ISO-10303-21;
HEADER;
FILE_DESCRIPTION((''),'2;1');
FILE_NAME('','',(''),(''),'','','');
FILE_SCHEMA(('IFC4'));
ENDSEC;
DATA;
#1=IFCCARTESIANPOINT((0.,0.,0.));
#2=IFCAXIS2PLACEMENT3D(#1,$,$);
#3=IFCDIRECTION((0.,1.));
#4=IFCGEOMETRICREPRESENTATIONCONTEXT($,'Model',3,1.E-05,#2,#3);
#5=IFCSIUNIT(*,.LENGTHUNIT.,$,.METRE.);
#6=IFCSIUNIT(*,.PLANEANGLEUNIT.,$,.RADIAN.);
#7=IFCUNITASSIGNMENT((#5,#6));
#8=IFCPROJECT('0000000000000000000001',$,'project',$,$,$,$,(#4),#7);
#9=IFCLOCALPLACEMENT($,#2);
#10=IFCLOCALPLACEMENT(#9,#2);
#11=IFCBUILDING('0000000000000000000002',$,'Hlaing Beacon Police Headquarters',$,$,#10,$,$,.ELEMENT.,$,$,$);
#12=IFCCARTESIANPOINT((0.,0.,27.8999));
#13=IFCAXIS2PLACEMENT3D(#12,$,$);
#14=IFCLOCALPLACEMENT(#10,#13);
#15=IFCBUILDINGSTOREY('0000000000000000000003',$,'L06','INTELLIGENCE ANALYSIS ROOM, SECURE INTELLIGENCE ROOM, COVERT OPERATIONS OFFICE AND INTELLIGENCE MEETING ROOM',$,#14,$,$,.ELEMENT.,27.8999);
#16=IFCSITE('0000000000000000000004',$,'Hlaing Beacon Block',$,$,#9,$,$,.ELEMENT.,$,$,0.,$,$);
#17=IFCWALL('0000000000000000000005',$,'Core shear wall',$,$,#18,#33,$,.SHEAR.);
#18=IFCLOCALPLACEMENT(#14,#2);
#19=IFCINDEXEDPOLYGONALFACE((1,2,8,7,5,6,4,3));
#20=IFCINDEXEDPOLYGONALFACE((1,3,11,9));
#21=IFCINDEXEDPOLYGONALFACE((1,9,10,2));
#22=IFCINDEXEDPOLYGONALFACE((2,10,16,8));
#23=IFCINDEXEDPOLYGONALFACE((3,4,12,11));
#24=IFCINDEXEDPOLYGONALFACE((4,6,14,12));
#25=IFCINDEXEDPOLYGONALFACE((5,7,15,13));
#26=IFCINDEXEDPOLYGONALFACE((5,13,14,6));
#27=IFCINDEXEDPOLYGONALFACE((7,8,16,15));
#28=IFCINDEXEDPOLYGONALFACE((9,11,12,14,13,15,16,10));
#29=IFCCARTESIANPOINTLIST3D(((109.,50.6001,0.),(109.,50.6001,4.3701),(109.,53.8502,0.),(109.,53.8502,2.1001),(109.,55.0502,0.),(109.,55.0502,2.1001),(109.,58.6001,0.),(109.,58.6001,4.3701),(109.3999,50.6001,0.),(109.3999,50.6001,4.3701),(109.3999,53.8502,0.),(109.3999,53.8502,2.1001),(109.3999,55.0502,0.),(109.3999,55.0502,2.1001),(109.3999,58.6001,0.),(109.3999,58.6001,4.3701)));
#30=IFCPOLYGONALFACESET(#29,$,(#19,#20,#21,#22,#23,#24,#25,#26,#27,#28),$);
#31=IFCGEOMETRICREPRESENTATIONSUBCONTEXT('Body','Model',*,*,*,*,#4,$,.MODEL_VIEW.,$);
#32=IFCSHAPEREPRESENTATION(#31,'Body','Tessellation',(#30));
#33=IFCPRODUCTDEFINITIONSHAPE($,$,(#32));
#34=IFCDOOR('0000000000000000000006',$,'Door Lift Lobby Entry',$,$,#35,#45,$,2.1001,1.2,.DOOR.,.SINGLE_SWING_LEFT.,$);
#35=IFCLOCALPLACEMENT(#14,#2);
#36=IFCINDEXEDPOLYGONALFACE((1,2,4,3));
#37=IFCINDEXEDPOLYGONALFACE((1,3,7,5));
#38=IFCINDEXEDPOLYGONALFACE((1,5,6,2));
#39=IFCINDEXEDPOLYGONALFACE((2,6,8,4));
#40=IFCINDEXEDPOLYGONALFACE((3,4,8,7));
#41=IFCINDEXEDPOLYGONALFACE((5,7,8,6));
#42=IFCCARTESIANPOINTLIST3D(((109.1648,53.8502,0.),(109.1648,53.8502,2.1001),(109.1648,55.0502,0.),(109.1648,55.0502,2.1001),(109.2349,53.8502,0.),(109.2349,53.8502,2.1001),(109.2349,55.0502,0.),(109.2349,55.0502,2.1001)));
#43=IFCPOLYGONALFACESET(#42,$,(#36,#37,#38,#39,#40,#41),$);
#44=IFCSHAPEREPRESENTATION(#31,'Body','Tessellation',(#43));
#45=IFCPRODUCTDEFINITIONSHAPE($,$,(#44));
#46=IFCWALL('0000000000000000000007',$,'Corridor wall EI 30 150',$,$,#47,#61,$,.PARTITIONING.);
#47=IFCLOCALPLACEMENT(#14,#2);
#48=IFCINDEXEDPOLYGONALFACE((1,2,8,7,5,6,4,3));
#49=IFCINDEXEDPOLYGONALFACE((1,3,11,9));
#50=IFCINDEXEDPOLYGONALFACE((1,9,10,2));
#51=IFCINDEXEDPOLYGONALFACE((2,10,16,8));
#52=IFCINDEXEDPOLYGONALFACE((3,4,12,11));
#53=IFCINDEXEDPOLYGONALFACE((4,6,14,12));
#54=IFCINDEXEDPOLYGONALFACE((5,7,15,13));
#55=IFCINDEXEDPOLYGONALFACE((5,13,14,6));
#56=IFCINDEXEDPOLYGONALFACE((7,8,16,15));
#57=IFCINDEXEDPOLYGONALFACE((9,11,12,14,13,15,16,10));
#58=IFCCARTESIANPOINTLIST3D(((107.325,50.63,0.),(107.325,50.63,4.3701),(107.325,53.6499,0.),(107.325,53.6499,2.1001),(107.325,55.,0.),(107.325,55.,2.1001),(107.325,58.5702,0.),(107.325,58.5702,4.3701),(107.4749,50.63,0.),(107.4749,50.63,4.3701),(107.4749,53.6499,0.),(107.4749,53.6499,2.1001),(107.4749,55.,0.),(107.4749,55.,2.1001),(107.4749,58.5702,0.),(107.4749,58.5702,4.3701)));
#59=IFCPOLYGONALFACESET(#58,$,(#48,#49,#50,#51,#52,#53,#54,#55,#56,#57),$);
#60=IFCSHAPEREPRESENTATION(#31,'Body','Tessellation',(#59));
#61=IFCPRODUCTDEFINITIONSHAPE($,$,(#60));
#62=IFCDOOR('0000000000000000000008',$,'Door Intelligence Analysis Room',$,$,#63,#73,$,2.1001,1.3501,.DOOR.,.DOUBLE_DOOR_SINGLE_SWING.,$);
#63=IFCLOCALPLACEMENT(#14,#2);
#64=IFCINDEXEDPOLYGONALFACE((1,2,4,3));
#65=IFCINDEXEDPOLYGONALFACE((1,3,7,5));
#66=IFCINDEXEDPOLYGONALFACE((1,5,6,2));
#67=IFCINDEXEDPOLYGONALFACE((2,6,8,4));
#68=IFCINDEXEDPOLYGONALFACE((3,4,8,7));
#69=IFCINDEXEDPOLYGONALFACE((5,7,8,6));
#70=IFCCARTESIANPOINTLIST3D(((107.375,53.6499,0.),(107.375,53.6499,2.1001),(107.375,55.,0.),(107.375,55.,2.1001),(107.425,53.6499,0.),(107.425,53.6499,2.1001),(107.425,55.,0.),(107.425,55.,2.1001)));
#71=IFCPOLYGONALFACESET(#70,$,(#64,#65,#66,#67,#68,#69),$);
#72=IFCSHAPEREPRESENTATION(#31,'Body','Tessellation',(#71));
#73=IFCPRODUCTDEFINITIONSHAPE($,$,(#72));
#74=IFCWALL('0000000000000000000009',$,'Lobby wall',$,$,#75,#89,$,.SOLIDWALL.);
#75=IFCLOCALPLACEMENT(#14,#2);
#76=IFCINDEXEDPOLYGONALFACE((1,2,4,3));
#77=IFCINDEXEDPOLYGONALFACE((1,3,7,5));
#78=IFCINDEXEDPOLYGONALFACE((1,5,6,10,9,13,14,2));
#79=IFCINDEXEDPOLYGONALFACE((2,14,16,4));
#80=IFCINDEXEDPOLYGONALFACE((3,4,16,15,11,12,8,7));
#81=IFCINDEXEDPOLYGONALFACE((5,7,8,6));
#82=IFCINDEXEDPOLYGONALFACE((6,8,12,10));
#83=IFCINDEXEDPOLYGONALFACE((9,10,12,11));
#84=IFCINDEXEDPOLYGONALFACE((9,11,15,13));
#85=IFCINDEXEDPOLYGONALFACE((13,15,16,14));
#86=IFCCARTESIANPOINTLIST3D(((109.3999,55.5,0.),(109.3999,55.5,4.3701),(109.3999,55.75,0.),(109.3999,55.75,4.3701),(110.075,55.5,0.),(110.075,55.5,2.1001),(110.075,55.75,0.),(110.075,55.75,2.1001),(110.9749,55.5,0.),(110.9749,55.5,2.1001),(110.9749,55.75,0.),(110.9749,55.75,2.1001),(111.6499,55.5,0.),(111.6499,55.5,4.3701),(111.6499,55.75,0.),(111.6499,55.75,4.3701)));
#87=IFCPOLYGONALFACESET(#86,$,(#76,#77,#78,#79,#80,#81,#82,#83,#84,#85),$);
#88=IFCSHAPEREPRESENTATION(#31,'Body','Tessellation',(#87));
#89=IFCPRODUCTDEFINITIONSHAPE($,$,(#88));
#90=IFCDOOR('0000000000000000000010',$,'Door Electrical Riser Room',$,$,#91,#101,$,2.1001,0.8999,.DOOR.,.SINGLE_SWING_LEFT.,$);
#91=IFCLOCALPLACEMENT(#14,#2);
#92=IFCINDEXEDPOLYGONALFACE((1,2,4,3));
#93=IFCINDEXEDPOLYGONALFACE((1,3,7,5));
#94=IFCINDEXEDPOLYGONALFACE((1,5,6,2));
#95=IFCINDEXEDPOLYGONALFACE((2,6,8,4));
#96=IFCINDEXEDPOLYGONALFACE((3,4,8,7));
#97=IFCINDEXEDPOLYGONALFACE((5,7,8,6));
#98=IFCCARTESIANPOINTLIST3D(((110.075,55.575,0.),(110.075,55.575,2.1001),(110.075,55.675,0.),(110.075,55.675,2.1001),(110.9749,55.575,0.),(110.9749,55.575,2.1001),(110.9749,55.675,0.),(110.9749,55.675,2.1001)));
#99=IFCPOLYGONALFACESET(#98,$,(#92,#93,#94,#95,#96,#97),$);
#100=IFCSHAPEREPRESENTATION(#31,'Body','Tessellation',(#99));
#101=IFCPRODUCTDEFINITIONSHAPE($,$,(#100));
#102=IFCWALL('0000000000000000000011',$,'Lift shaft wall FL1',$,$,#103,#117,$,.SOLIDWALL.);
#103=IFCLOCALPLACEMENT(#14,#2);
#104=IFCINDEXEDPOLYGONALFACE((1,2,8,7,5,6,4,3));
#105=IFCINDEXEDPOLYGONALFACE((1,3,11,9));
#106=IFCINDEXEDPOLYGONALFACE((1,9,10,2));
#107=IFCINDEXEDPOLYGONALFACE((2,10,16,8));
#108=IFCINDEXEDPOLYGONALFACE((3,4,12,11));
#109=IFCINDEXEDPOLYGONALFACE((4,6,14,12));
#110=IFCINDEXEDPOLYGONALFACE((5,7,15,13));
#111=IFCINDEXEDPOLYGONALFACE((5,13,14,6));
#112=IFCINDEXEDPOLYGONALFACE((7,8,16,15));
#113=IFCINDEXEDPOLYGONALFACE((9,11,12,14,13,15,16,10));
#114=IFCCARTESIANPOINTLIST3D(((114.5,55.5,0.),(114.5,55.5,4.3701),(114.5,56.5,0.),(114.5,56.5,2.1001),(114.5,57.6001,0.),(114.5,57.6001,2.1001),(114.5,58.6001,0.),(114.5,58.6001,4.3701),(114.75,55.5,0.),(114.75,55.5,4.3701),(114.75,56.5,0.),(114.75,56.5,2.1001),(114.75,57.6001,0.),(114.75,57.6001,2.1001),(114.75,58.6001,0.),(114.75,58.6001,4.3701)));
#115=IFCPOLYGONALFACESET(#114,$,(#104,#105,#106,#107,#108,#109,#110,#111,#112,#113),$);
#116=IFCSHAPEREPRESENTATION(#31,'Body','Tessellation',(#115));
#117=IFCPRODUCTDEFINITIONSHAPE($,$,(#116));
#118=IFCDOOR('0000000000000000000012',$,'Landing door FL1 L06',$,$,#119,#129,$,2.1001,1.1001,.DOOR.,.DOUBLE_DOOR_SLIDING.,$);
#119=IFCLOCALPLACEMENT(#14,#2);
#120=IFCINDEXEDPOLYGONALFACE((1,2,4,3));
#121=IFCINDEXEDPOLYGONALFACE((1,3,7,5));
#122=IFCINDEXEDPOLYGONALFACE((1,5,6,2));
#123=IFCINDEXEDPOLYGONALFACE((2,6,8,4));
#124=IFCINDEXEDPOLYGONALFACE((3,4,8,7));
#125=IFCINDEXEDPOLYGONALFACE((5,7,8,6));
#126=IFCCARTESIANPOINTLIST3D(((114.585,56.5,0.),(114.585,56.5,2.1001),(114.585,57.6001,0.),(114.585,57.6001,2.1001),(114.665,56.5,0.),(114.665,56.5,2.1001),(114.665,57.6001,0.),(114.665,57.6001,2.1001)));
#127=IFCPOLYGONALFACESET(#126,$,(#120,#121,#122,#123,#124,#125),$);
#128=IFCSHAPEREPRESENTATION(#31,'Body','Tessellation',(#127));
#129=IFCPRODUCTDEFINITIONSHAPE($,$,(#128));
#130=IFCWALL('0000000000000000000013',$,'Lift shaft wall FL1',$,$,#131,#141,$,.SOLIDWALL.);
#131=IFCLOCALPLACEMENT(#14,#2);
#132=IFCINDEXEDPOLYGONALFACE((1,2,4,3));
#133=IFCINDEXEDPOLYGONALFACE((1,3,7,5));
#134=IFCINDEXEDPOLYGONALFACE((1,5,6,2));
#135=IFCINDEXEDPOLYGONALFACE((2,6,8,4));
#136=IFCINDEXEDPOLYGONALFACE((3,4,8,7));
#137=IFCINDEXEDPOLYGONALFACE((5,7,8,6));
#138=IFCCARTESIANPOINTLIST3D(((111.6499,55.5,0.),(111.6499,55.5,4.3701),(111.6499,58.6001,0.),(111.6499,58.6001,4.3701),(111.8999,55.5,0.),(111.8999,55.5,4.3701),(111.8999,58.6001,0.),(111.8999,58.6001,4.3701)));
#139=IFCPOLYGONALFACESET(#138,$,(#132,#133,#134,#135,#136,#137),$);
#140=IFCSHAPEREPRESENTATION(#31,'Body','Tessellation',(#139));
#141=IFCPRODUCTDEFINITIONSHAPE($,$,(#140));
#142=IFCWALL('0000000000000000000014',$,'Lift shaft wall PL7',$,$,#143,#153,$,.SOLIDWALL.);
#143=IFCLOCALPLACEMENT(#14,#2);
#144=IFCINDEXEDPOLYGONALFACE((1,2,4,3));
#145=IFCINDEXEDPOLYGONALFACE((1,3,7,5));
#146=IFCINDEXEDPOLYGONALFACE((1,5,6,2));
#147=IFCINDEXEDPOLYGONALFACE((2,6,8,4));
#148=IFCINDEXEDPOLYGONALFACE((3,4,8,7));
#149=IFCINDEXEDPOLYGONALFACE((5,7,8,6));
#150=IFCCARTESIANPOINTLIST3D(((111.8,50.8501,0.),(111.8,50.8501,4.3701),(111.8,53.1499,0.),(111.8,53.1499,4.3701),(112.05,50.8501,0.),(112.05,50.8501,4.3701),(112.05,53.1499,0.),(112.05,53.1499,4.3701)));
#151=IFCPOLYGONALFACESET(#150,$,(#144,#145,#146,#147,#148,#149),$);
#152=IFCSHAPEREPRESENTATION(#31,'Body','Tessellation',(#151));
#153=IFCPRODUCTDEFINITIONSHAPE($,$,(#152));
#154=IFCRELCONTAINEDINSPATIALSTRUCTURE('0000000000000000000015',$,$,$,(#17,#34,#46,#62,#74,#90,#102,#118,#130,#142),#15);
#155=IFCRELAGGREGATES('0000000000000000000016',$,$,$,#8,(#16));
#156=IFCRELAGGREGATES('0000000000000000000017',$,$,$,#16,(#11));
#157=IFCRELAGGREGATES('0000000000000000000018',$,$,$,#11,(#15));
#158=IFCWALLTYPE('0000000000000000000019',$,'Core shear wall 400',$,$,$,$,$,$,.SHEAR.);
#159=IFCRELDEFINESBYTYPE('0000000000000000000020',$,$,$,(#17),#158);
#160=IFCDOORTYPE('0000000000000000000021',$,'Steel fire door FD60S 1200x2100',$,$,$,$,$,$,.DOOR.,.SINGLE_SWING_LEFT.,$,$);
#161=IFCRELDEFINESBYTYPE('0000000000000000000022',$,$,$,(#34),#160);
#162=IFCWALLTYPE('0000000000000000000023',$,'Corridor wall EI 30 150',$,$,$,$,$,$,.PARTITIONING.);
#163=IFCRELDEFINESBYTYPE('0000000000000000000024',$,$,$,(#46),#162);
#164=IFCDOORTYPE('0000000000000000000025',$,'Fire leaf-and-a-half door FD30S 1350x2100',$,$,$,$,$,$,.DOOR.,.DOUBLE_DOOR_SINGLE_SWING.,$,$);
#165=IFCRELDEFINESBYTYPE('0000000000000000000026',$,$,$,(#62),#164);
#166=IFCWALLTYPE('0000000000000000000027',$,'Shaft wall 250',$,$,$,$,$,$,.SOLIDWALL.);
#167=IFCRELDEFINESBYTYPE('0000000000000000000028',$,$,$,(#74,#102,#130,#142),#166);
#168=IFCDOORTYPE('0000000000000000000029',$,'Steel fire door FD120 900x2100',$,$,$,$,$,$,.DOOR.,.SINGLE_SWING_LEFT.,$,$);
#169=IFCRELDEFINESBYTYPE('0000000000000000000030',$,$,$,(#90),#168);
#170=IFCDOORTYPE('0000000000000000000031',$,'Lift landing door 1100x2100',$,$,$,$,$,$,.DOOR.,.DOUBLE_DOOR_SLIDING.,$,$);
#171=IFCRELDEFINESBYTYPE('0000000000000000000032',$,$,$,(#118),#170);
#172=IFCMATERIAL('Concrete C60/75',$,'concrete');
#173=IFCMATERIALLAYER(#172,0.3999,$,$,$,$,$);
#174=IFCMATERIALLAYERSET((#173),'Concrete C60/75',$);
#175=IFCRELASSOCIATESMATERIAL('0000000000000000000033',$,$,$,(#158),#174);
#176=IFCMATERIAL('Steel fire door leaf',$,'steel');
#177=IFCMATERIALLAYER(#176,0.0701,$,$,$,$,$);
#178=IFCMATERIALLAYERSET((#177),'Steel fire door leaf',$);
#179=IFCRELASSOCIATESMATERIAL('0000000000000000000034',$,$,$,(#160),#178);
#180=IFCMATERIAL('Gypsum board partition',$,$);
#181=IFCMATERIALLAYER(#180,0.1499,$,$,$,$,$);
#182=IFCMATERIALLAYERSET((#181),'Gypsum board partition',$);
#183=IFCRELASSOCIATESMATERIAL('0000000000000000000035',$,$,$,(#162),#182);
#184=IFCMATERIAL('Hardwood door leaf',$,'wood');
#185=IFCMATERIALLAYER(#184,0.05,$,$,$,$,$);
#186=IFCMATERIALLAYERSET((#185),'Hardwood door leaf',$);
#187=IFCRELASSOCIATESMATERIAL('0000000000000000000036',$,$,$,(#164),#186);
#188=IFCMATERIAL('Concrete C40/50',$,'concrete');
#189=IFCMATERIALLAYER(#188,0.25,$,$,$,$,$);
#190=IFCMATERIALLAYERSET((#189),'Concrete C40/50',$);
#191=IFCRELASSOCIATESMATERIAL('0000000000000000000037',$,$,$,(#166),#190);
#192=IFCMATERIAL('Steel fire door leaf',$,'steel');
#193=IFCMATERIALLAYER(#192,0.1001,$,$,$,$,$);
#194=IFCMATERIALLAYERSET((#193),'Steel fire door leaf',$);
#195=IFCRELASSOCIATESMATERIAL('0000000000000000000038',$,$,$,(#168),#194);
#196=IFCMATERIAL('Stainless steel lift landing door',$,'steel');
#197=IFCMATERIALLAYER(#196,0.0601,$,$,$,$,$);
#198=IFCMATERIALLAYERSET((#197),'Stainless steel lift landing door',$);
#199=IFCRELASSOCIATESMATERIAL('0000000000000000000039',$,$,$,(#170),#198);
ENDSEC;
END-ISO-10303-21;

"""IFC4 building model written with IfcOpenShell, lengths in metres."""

from ifc_helpers import new_model, si_unit, direction, frame, frame_2d, origin, place, context, subcontext, project, spatial, rectangle, extrude, material, layer, layer_set, type_object, element, fill, save


model = new_model("IFC4")

# Units and contexts
model_context = context("Model", 3, precision=1e-05, world=origin(), true_north=direction((0.0, 1.0)))
body_context = subcontext(model_context, "Body", "Model", "MODEL_VIEW")
ifc_project = project(units=[si_unit("LENGTHUNIT", "METRE"), si_unit("PLANEANGLEUNIT", "RADIAN")], contexts=[model_context])

# Site, building, storey
site_placement = place(None, origin())
site = spatial("IfcSite", under=ifc_project, at=site_placement, Name="Hlaing Beacon Block", CompositionType="ELEMENT", RefElevation=0.0)
building_placement = place(site_placement, origin())
building = spatial("IfcBuilding", under=site, at=building_placement, Name="Hlaing Beacon Police Headquarters", CompositionType="ELEMENT")
storey_placement = place(building_placement, frame((0.0, 0.0, 27.8999)))
storey = spatial("IfcBuildingStorey", under=building, at=storey_placement, Name="L06", Description="INTELLIGENCE ANALYSIS ROOM, SECURE INTELLIGENCE ROOM, COVERT OPERATIONS OFFICE AND INTELLIGENCE MEETING ROOM", CompositionType="ELEMENT", Elevation=27.8999)

# Walls, openings, doors
ifc_material_1 = material(Name="Concrete C60/75", Category="concrete")
ifc_layer_1 = layer(ifc_material_1, 0.3999)
ifc_layer_set_1 = layer_set([ifc_layer_1], Name="Concrete C60/75")
wall_type_1 = type_object("IfcWallType", Name="Core shear wall 400", PredefinedType="SHEAR", material=ifc_layer_set_1)
wall_1_placement = place(storey_placement, frame((109.2, 50.6001, 0.0), z_axis=(0.0, 0.0, 1.0), x_axis=(0.0, 1.0, 0.0)))
wall_1 = element("IfcWall", 1, at=wall_1_placement, inside=storey, type_object=wall_type_1, Name="Core shear wall", PredefinedType="SHEAR", context=body_context, shape_type="SweptSolid", body=[
    extrude(rectangle(XDim=8.0, YDim=0.3999, at=frame_2d((4.0, 0.0))), origin(), (0.0, 0.0, 1.0), 4.3701),
])
opening_1_placement = place(wall_1_placement, frame((3.25, 0.0, 0.0)))
opening_1 = element("IfcOpeningElement", 2, at=opening_1_placement, cuts=wall_1, PredefinedType="OPENING", context=body_context, shape_type="SweptSolid", body=[
    extrude(rectangle(XDim=1.2, YDim=2.1001, at=frame_2d((0.6001, 1.05))), frame((0.0, 0.21, 0.0), z_axis=(0.0, -1.0, 0.0), x_axis=(1.0, 0.0, 0.0)), (0.0, 0.0, 1.0), 0.4199),
])
ifc_material_2 = material(Name="Steel fire door leaf", Category="steel")
ifc_layer_2 = layer(ifc_material_2, 0.0701)
ifc_layer_set_2 = layer_set([ifc_layer_2], Name="Steel fire door leaf")
door_type_1 = type_object("IfcDoorType", Name="Steel fire door FD60S 1200x2100", OperationType="SINGLE_SWING_LEFT", PredefinedType="DOOR", material=ifc_layer_set_2)
door_1_placement = place(opening_1_placement, frame((1.2, 0.0, 0.0), z_axis=(0.0, 0.0, 1.0), x_axis=(-1.0, 0.0, 0.0)))
door_1 = element("IfcDoor", 3, at=door_1_placement, inside=storey, type_object=door_type_1, Name="Door Lift Lobby Entry", OperationType="SINGLE_SWING_LEFT", OverallHeight=2.1001, OverallWidth=1.2, PredefinedType="DOOR", context=body_context, shape_type="SweptSolid", body=[
    extrude(rectangle(XDim=1.2, YDim=2.1001, at=frame_2d((0.5999, 1.05))), frame((0.0, 0.0349, 0.0), z_axis=(0.0, -1.0, 0.0), x_axis=(1.0, 0.0, 0.0)), (0.0, 0.0, 1.0), 0.0701),
])
fill(opening_1, door_1)
ifc_material_3 = material(Name="Gypsum board partition")
ifc_layer_3 = layer(ifc_material_3, 0.1499)
ifc_layer_set_3 = layer_set([ifc_layer_3], Name="Gypsum board partition")
wall_type_2 = type_object("IfcWallType", Name="Corridor wall EI 30 150", PredefinedType="PARTITIONING", material=ifc_layer_set_3)
wall_2_placement = place(storey_placement, frame((107.3999, 50.6299, 0.0), z_axis=(0.0, 0.0, 1.0), x_axis=(0.0, 1.0, 0.0)))
wall_2 = element("IfcWall", 4, at=wall_2_placement, inside=storey, type_object=wall_type_2, Name="Corridor wall EI 30 150", PredefinedType="PARTITIONING", context=body_context, shape_type="SweptSolid", body=[
    extrude(rectangle(XDim=7.9402, YDim=0.1499, at=frame_2d((3.9702, 0.0))), origin(), (0.0, 0.0, 1.0), 4.3701),
])
opening_2_placement = place(wall_2_placement, frame((3.02, 0.0, 0.0)))
opening_2 = element("IfcOpeningElement", 5, at=opening_2_placement, cuts=wall_2, PredefinedType="OPENING", context=body_context, shape_type="SweptSolid", body=[
    extrude(rectangle(XDim=1.3501, YDim=2.1001, at=frame_2d((0.675, 1.05))), frame((0.0, 0.085, 0.0), z_axis=(0.0, -1.0, 0.0), x_axis=(1.0, 0.0, 0.0)), (0.0, 0.0, 1.0), 0.1699),
])
ifc_material_4 = material(Name="Hardwood door leaf", Category="wood")
ifc_layer_4 = layer(ifc_material_4, 0.05)
ifc_layer_set_4 = layer_set([ifc_layer_4], Name="Hardwood door leaf")
door_type_2 = type_object("IfcDoorType", Name="Fire leaf-and-a-half door FD30S 1350x2100", OperationType="DOUBLE_DOOR_SINGLE_SWING", PredefinedType="DOOR", material=ifc_layer_set_4)
door_2_placement = place(opening_2_placement, origin())
door_2 = element("IfcDoor", 6, at=door_2_placement, inside=storey, type_object=door_type_2, Name="Door Intelligence Analysis Room", OperationType="DOUBLE_DOOR_SINGLE_SWING", OverallHeight=2.1001, OverallWidth=1.3501, PredefinedType="DOOR", context=body_context, shape_type="SweptSolid", body=[
    extrude(rectangle(XDim=1.3501, YDim=2.1001, at=frame_2d((0.675, 1.05))), frame((0.0, 0.0249, 0.0), z_axis=(0.0, -1.0, 0.0), x_axis=(1.0, 0.0, 0.0)), (0.0, 0.0, 1.0), 0.05),
])
fill(opening_2, door_2)
ifc_material_5 = material(Name="Concrete C40/50", Category="concrete")
ifc_layer_5 = layer(ifc_material_5, 0.25)
ifc_layer_set_5 = layer_set([ifc_layer_5], Name="Concrete C40/50")
wall_type_3 = type_object("IfcWallType", Name="Shaft wall 250", PredefinedType="SOLIDWALL", material=ifc_layer_set_5)
wall_3_placement = place(storey_placement, frame((109.3999, 55.625, 0.0), z_axis=(0.0, 0.0, 1.0), x_axis=(1.0, 0.0, 0.0)))
wall_3 = element("IfcWall", 7, at=wall_3_placement, inside=storey, type_object=wall_type_3, Name="Lobby wall", PredefinedType="SOLIDWALL", context=body_context, shape_type="SweptSolid", body=[
    extrude(rectangle(XDim=2.25, YDim=0.25, at=frame_2d((1.125, 0.0))), origin(), (0.0, 0.0, 1.0), 4.3701),
])
opening_3_placement = place(wall_3_placement, frame((0.675, 0.0, 0.0)))
opening_3 = element("IfcOpeningElement", 8, at=opening_3_placement, cuts=wall_3, PredefinedType="OPENING", context=body_context, shape_type="SweptSolid", body=[
    extrude(rectangle(XDim=0.8999, YDim=2.1001, at=frame_2d((0.45, 1.05))), frame((0.0, 0.135, 0.0), z_axis=(0.0, -1.0, 0.0), x_axis=(1.0, 0.0, 0.0)), (0.0, 0.0, 1.0), 0.27),
])
ifc_material_6 = material(Name="Steel fire door leaf", Category="steel")
ifc_layer_6 = layer(ifc_material_6, 0.1001)
ifc_layer_set_6 = layer_set([ifc_layer_6], Name="Steel fire door leaf")
door_type_3 = type_object("IfcDoorType", Name="Steel fire door FD120 900x2100", OperationType="SINGLE_SWING_LEFT", PredefinedType="DOOR", material=ifc_layer_set_6)
door_3_placement = place(opening_3_placement, origin())
door_3 = element("IfcDoor", 9, at=door_3_placement, inside=storey, type_object=door_type_3, Name="Door Electrical Riser Room", OperationType="SINGLE_SWING_LEFT", OverallHeight=2.1001, OverallWidth=0.8999, PredefinedType="DOOR", context=body_context, shape_type="SweptSolid", body=[
    extrude(rectangle(XDim=0.8999, YDim=2.1001, at=frame_2d((0.45, 1.05))), frame((0.0, 0.05, 0.0), z_axis=(0.0, -1.0, 0.0), x_axis=(1.0, 0.0, 0.0)), (0.0, 0.0, 1.0), 0.1001),
])
fill(opening_3, door_3)
wall_4_placement = place(storey_placement, frame((114.625, 55.5, 0.0), z_axis=(0.0, 0.0, 1.0), x_axis=(0.0, 1.0, 0.0)))
wall_4 = element("IfcWall", 10, at=wall_4_placement, inside=storey, type_object=wall_type_3, Name="Lift shaft wall FL1", PredefinedType="SOLIDWALL", context=body_context, shape_type="SweptSolid", body=[
    extrude(rectangle(XDim=3.1001, YDim=0.25, at=frame_2d((1.55, 0.0))), origin(), (0.0, 0.0, 1.0), 4.3701),
])
opening_4_placement = place(wall_4_placement, frame((1.0, 0.0, 0.0)))
opening_4 = element("IfcOpeningElement", 11, at=opening_4_placement, cuts=wall_4, PredefinedType="OPENING", context=body_context, shape_type="SweptSolid", body=[
    extrude(rectangle(XDim=1.1001, YDim=2.1001, at=frame_2d((0.55, 1.05))), frame((0.0, 0.135, 0.0), z_axis=(0.0, -1.0, 0.0), x_axis=(1.0, 0.0, 0.0)), (0.0, 0.0, 1.0), 0.27),
])
ifc_material_7 = material(Name="Stainless steel lift landing door", Category="steel")
ifc_layer_7 = layer(ifc_material_7, 0.0601)
ifc_layer_set_7 = layer_set([ifc_layer_7], Name="Stainless steel lift landing door")
door_type_4 = type_object("IfcDoorType", Name="Lift landing door 1100x2100", OperationType="DOUBLE_DOOR_SLIDING", PredefinedType="DOOR", material=ifc_layer_set_7)
door_4_placement = place(opening_4_placement, origin())
door_4 = element("IfcDoor", 12, at=door_4_placement, inside=storey, type_object=door_type_4, Name="Landing door FL1 L06", OperationType="DOUBLE_DOOR_SLIDING", OverallHeight=2.1001, OverallWidth=1.1001, PredefinedType="DOOR", context=body_context, shape_type="SweptSolid", body=[
    extrude(rectangle(XDim=1.1001, YDim=2.1001, at=frame_2d((0.55, 1.05))), frame((0.0, 0.04, 0.0), z_axis=(0.0, -1.0, 0.0), x_axis=(1.0, 0.0, 0.0)), (0.0, 0.0, 1.0), 0.0801),
])
fill(opening_4, door_4)

# Walls
wall_5_placement = place(storey_placement, frame((111.7749, 55.5, 0.0), z_axis=(0.0, 0.0, 1.0), x_axis=(0.0, 1.0, 0.0)))
element("IfcWall", 13, at=wall_5_placement, inside=storey, type_object=wall_type_3, Name="Lift shaft wall FL1", PredefinedType="SOLIDWALL", context=body_context, shape_type="SweptSolid", body=[
    extrude(rectangle(XDim=3.1001, YDim=0.25, at=frame_2d((1.55, 0.0))), origin(), (0.0, 0.0, 1.0), 4.3701),
])
wall_6_placement = place(storey_placement, frame((111.925, 50.8501, 0.0), z_axis=(0.0, 0.0, 1.0), x_axis=(0.0, 1.0, 0.0)))
element("IfcWall", 14, at=wall_6_placement, inside=storey, type_object=wall_type_3, Name="Lift shaft wall PL7", PredefinedType="SOLIDWALL", context=body_context, shape_type="SweptSolid", body=[
    extrude(rectangle(XDim=2.2998, YDim=0.25, at=frame_2d((1.1499, 0.0))), origin(), (0.0, 0.0, 1.0), 4.3701),
])

save(model, "model.ifc")
